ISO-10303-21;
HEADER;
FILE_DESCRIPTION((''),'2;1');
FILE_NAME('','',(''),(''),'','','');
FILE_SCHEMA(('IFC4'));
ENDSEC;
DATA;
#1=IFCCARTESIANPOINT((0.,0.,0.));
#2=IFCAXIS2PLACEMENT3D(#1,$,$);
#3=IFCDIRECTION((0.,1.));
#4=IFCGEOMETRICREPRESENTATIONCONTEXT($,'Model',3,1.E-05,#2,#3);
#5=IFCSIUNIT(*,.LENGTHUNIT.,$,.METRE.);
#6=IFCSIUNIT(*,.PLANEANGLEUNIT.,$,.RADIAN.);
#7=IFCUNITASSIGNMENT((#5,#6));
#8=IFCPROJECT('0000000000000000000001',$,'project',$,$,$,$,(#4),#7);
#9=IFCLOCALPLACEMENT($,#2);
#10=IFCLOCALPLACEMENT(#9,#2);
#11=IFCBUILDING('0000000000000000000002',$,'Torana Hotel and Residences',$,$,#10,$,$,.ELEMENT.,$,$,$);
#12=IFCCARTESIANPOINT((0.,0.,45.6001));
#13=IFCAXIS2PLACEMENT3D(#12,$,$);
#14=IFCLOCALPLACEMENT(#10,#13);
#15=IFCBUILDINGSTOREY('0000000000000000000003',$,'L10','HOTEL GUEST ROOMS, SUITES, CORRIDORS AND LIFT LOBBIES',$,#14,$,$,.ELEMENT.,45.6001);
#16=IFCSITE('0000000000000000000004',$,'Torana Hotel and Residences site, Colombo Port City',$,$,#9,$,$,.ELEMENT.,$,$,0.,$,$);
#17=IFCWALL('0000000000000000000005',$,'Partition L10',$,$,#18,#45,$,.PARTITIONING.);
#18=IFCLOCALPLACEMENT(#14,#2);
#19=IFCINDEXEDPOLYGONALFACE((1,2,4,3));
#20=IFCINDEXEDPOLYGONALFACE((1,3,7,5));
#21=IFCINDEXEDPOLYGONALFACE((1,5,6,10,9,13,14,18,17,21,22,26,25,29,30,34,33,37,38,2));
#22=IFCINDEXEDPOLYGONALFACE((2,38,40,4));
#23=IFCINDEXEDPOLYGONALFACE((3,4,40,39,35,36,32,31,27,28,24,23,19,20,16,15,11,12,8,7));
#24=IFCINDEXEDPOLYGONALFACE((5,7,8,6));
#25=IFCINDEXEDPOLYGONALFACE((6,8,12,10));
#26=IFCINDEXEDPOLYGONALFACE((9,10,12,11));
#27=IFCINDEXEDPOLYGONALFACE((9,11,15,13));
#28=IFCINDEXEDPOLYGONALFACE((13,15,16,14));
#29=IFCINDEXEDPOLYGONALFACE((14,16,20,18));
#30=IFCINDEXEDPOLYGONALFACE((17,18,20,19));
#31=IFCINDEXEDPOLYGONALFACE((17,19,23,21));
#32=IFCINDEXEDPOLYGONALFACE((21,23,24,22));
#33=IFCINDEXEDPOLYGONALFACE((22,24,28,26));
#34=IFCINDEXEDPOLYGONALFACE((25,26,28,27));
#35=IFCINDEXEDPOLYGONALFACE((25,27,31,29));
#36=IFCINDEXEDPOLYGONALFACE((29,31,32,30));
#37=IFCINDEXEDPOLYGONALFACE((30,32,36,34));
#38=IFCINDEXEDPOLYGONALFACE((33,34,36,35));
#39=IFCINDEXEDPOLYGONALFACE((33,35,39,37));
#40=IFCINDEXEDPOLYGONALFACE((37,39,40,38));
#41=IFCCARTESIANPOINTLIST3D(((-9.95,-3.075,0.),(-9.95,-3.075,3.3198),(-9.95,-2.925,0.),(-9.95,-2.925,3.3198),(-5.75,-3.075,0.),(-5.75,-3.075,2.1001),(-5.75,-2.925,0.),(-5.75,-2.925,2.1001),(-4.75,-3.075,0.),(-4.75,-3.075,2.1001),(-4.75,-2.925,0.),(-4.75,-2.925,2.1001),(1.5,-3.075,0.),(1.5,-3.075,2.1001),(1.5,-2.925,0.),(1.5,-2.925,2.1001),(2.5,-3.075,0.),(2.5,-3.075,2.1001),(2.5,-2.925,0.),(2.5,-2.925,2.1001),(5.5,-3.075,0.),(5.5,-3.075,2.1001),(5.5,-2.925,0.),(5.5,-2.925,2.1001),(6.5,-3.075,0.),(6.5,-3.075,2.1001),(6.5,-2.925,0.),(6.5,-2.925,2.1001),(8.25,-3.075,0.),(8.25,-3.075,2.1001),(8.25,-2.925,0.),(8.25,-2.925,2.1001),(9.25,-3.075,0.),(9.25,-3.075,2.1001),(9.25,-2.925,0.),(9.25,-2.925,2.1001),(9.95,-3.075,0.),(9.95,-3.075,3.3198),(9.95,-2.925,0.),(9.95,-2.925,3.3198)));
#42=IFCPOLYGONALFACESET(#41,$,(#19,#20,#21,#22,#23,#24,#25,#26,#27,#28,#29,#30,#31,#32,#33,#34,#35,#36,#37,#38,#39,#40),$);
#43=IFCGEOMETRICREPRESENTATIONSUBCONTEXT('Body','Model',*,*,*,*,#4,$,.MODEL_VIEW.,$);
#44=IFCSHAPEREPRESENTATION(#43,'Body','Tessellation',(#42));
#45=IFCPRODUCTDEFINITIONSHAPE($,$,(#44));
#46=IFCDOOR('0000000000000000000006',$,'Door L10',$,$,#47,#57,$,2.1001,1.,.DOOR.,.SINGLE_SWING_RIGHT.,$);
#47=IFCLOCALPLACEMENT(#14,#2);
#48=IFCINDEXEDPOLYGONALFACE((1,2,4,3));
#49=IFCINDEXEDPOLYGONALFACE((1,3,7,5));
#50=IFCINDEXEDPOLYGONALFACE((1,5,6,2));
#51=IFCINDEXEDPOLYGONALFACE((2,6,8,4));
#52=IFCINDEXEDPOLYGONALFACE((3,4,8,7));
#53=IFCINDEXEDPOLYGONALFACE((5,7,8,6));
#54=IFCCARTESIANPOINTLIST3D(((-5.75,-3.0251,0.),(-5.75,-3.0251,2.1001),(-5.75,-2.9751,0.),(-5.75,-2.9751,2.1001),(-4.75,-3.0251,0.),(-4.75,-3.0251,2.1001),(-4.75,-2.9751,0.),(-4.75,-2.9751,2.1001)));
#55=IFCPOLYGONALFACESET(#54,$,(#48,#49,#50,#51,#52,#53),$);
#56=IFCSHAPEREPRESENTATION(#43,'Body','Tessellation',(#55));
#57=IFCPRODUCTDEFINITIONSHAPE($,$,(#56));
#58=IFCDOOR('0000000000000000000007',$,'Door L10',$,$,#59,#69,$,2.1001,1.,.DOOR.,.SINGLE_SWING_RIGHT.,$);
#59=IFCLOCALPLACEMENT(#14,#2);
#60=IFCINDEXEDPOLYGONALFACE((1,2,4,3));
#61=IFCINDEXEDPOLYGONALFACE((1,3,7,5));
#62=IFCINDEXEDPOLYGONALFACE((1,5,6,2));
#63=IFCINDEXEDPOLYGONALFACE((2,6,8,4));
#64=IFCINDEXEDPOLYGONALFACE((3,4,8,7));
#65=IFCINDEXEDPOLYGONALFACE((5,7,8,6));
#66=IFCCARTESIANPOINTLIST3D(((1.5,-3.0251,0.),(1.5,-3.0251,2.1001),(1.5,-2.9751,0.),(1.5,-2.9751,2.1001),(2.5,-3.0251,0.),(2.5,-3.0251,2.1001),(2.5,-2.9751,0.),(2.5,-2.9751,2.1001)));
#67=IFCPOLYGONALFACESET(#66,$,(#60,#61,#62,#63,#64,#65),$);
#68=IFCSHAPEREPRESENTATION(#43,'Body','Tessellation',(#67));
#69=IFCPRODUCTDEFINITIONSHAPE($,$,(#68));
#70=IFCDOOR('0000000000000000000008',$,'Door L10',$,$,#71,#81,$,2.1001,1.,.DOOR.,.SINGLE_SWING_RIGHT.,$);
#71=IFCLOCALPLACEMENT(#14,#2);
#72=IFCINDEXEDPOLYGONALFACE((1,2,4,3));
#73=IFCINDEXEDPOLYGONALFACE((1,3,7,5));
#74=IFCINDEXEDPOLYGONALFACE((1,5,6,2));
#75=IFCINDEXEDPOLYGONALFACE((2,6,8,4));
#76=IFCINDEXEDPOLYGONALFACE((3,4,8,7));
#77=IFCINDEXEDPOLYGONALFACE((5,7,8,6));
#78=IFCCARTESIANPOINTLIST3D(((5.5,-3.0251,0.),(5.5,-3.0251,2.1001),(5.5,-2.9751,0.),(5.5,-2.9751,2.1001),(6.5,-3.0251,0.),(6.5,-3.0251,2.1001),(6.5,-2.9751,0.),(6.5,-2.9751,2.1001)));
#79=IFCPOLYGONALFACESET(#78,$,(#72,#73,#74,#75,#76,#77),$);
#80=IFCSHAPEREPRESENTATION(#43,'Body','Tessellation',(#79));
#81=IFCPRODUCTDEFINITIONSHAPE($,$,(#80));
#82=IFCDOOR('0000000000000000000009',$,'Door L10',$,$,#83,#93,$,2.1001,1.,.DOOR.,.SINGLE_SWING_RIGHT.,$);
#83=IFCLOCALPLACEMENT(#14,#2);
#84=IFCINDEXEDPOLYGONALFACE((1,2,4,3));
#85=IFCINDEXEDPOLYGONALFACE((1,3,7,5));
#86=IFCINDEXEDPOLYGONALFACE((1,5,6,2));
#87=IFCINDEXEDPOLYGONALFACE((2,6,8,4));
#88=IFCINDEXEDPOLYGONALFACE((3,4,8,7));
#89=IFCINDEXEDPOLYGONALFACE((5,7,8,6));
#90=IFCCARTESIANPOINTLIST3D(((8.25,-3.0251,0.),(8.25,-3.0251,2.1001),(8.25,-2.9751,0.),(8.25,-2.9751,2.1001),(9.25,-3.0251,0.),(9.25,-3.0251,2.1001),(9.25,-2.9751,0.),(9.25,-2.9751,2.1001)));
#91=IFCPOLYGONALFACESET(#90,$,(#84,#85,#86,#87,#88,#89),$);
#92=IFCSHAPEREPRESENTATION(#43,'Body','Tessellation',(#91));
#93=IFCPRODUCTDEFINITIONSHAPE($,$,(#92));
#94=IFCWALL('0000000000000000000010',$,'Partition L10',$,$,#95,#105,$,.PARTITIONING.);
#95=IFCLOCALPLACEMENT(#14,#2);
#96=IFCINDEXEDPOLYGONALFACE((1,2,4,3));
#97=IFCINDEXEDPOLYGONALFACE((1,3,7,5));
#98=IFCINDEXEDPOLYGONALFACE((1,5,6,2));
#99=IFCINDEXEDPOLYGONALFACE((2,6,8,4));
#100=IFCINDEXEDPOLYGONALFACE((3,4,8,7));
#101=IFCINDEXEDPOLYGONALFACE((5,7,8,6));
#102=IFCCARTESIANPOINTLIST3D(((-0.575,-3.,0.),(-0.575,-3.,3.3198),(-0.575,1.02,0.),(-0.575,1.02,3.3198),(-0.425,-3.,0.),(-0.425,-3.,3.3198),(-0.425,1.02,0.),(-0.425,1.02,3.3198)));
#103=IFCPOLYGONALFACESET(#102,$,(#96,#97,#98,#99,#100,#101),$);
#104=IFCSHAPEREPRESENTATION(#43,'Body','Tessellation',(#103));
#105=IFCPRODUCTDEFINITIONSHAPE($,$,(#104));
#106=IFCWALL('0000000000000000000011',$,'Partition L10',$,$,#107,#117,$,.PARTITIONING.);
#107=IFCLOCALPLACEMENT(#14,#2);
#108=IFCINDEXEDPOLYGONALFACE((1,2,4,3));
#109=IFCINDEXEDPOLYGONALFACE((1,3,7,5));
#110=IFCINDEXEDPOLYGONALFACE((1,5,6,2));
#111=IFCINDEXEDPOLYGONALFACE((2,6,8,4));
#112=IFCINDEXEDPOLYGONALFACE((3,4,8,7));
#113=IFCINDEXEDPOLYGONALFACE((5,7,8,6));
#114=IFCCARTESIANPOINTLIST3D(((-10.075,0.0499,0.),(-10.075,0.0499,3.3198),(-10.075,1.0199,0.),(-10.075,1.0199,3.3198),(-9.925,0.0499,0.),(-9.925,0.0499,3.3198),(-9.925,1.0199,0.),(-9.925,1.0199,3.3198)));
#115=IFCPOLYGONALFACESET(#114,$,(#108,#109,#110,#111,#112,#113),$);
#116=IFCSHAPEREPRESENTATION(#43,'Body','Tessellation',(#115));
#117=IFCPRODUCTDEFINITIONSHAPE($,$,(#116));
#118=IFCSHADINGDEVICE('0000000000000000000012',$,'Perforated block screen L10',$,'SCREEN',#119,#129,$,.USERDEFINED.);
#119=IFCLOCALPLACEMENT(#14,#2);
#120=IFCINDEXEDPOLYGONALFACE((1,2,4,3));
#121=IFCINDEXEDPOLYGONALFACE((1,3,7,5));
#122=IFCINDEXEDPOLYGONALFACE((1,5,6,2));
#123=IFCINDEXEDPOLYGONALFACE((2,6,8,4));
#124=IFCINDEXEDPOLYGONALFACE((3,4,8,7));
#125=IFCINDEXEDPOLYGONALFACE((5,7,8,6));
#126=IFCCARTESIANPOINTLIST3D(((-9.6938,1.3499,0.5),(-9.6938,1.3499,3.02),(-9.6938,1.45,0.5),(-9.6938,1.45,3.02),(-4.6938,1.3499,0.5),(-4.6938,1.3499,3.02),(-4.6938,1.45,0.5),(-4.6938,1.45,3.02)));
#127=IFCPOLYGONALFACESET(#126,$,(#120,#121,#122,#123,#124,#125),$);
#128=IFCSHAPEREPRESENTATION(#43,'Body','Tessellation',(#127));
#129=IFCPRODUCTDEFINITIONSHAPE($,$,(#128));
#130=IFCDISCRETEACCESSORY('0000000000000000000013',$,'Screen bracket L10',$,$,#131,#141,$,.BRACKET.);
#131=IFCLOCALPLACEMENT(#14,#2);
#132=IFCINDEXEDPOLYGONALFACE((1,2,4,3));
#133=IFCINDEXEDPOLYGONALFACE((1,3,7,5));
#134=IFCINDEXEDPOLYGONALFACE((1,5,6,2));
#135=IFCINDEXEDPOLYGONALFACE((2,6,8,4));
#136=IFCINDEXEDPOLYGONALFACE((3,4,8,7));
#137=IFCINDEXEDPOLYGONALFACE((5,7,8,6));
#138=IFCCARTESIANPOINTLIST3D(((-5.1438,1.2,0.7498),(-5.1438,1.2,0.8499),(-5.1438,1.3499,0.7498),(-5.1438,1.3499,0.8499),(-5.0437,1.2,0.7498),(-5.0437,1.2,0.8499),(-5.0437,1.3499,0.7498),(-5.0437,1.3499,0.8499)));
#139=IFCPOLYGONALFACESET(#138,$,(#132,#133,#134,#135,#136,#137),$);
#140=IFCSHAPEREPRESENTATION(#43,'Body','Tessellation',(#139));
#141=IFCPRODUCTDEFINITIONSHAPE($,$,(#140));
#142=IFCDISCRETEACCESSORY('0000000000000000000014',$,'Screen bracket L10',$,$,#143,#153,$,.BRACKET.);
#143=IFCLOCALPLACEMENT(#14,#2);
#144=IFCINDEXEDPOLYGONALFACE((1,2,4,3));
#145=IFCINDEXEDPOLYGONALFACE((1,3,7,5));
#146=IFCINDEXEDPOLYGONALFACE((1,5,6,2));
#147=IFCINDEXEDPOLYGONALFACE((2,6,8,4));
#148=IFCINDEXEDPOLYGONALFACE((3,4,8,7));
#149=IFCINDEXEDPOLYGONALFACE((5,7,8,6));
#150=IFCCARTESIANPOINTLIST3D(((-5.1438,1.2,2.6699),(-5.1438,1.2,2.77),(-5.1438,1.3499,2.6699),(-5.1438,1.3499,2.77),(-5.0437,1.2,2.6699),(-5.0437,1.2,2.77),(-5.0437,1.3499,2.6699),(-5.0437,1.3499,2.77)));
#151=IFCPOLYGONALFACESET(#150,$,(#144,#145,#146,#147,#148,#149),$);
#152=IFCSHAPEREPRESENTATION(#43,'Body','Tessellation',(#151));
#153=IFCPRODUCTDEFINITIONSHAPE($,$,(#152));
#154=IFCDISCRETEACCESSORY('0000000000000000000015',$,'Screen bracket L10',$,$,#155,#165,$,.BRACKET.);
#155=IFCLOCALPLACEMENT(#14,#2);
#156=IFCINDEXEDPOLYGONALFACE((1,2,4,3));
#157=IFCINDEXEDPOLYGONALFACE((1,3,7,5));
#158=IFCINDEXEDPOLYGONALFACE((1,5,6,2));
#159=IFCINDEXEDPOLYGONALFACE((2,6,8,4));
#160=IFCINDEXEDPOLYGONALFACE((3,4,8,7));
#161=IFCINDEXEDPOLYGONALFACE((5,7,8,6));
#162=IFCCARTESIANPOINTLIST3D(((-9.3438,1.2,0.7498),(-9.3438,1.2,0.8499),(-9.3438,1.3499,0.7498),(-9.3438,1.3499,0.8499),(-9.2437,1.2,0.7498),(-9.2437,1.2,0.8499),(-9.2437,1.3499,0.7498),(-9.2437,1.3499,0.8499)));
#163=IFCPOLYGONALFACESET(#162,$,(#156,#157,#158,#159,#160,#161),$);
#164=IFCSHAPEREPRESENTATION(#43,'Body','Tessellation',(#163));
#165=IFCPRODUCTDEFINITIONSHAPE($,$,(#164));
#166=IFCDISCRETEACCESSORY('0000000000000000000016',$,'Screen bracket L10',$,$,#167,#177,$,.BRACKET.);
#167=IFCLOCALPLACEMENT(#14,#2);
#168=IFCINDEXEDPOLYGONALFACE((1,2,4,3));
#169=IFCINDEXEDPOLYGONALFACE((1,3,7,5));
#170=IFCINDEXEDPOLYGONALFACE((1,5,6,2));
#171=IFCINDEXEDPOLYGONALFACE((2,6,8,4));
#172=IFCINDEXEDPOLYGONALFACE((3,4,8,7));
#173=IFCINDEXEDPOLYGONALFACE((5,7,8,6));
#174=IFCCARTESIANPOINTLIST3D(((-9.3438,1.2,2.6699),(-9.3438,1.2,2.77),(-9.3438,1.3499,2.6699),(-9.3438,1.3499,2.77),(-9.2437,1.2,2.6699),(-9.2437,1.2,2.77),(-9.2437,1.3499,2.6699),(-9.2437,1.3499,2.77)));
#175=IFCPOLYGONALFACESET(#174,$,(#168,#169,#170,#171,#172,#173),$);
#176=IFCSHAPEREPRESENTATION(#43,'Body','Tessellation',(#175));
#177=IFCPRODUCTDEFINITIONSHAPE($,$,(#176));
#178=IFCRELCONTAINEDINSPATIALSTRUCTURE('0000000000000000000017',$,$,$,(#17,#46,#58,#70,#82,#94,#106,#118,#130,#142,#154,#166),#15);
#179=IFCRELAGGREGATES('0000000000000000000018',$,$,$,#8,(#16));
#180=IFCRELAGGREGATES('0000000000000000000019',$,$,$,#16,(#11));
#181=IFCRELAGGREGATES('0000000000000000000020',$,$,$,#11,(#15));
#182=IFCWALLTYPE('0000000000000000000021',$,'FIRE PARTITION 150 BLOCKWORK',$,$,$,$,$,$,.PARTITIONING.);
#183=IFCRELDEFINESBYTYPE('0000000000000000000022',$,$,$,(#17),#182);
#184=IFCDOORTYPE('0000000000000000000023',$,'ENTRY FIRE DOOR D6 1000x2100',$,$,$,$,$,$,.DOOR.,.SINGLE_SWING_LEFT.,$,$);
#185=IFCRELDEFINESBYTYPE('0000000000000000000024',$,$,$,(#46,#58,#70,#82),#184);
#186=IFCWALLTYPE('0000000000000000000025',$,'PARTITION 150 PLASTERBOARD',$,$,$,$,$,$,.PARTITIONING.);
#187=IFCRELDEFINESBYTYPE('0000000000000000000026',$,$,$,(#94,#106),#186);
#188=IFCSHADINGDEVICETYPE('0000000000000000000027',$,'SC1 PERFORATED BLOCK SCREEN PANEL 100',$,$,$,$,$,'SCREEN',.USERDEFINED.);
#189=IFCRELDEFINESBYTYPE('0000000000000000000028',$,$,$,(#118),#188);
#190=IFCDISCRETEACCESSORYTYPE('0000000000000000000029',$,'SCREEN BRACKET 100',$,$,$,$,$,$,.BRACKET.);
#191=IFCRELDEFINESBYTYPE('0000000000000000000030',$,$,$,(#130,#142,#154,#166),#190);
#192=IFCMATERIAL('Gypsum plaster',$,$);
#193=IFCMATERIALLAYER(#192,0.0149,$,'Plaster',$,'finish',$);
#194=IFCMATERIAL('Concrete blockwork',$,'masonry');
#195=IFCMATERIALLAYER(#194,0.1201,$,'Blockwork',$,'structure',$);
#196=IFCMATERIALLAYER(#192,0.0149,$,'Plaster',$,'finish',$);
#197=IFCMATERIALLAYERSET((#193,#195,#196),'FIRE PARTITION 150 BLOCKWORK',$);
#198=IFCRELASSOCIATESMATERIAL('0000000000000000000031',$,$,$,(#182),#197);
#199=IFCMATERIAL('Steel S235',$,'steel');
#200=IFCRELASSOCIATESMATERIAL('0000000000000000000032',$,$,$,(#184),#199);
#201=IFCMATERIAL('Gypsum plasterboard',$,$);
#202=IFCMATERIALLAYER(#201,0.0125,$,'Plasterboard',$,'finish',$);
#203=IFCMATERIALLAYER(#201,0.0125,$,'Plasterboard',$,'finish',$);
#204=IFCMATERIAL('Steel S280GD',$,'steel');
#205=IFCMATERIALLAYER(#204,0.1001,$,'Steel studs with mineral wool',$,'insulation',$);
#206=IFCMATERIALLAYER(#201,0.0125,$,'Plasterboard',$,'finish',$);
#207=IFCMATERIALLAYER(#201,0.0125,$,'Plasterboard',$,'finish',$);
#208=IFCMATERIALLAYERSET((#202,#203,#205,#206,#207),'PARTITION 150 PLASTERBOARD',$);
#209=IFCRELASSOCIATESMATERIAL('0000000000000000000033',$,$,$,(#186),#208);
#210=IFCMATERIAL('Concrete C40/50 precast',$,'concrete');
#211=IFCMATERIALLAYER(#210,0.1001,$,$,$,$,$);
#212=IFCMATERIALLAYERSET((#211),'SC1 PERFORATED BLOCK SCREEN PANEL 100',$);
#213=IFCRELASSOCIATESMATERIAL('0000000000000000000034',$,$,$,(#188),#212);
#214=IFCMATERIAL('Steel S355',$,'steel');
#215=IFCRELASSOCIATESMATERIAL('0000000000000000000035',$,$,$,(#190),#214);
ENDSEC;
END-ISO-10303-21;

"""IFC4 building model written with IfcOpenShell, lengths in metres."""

from ifc_helpers import new_model, si_unit, direction, frame, frame_2d, origin, origin_2d, place, context, subcontext, project, spatial, rectangle, extrude, material, layer, layer_set, type_object, element, fill, save


model = new_model("IFC4")

# Units and contexts
model_context = context("Model", 3, precision=1e-05, world=origin(), true_north=direction((0.0, 1.0)))
body_context = subcontext(model_context, "Body", "Model", "MODEL_VIEW")
ifc_project = project(units=[si_unit("LENGTHUNIT", "METRE"), si_unit("PLANEANGLEUNIT", "RADIAN")], contexts=[model_context])

# Site, building, storey
site_placement = place(None, origin())
site = spatial("IfcSite", under=ifc_project, at=site_placement, Name="Torana Hotel and Residences site, Colombo Port City", CompositionType="ELEMENT", RefElevation=0.0)
building_placement = place(site_placement, origin())
building = spatial("IfcBuilding", under=site, at=building_placement, Name="Torana Hotel and Residences", CompositionType="ELEMENT")
storey_placement = place(building_placement, frame((0.0, 0.0, 45.6001)))
storey = spatial("IfcBuildingStorey", under=building, at=storey_placement, Name="L10", Description="HOTEL GUEST ROOMS, SUITES, CORRIDORS AND LIFT LOBBIES", CompositionType="ELEMENT", Elevation=45.6001)

# Shared definitions
ifc_material_1 = material(Name="Gypsum plaster")
ifc_layer_1 = layer(ifc_material_1, 0.0149, Name="Plaster", Category="finish")
ifc_material_2 = material(Name="Concrete blockwork", Category="masonry")
ifc_layer_2 = layer(ifc_material_2, 0.1201, Name="Blockwork", Category="structure")
ifc_layer_3 = layer(ifc_material_1, 0.0149, Name="Plaster", Category="finish")
ifc_layer_set_1 = layer_set([ifc_layer_1, ifc_layer_2, ifc_layer_3], Name="FIRE PARTITION 150 BLOCKWORK")
wall_type_1 = type_object("IfcWallType", Name="FIRE PARTITION 150 BLOCKWORK", PredefinedType="PARTITIONING", material=ifc_layer_set_1)

# Wall, openings, doors
ifc_material_3 = material(Name="Steel S235", Category="steel")
door_type = type_object("IfcDoorType", Name="ENTRY FIRE DOOR D6 1000x2100", OperationType="SINGLE_SWING_LEFT", PredefinedType="DOOR", material=ifc_material_3)
wall_1_placement = place(storey_placement, frame((-9.95, -3.0, 0.0), z_axis=(0.0, 0.0, 1.0), x_axis=(1.0, 0.0, 0.0)))
wall_1 = element("IfcWall", 1, at=wall_1_placement, inside=storey, type_object=wall_type_1, Name="Partition L10", PredefinedType="PARTITIONING", context=body_context, shape_type="SweptSolid", body=[
    extrude(rectangle(XDim=19.8999, YDim=0.1499, at=frame_2d((9.95, 0.0))), origin(), (0.0, 0.0, 1.0), 3.3198),
])
opening_1_placement = place(wall_1_placement, frame((4.2, 0.0, 0.0)))
opening_1 = element("IfcOpeningElement", 2, at=opening_1_placement, cuts=wall_1, PredefinedType="OPENING", context=body_context, shape_type="SweptSolid", body=[
    extrude(rectangle(XDim=1.0, YDim=2.1001, at=frame_2d((0.5, 1.05))), frame((0.0, 0.085, 0.0), z_axis=(0.0, -1.0, 0.0), x_axis=(1.0, 0.0, 0.0)), (0.0, 0.0, 1.0), 0.1699),
])
opening_2_placement = place(wall_1_placement, frame((11.45, 0.0, 0.0)))
opening_2 = element("IfcOpeningElement", 3, at=opening_2_placement, cuts=wall_1, PredefinedType="OPENING", context=body_context, shape_type="SweptSolid", body=[
    extrude(rectangle(XDim=1.0, YDim=2.1001, at=frame_2d((0.5, 1.05))), frame((0.0, 0.085, 0.0), z_axis=(0.0, -1.0, 0.0), x_axis=(1.0, 0.0, 0.0)), (0.0, 0.0, 1.0), 0.1699),
])
opening_3_placement = place(wall_1_placement, frame((15.45, 0.0, 0.0)))
opening_3 = element("IfcOpeningElement", 4, at=opening_3_placement, cuts=wall_1, PredefinedType="OPENING", context=body_context, shape_type="SweptSolid", body=[
    extrude(rectangle(XDim=1.0, YDim=2.1001, at=frame_2d((0.5, 1.05))), frame((0.0, 0.085, 0.0), z_axis=(0.0, -1.0, 0.0), x_axis=(1.0, 0.0, 0.0)), (0.0, 0.0, 1.0), 0.1699),
])
opening_4_placement = place(wall_1_placement, frame((18.2, 0.0, 0.0)))
opening_4 = element("IfcOpeningElement", 5, at=opening_4_placement, cuts=wall_1, PredefinedType="OPENING", context=body_context, shape_type="SweptSolid", body=[
    extrude(rectangle(XDim=1.0, YDim=2.1001, at=frame_2d((0.5, 1.05))), frame((0.0, 0.085, 0.0), z_axis=(0.0, -1.0, 0.0), x_axis=(1.0, 0.0, 0.0)), (0.0, 0.0, 1.0), 0.1699),
])
door_1_placement = place(opening_1_placement, origin())
door_1 = element("IfcDoor", 6, at=door_1_placement, inside=storey, type_object=door_type, Name="Door L10", OperationType="SINGLE_SWING_RIGHT", OverallHeight=2.1001, OverallWidth=1.0, PredefinedType="DOOR", context=body_context, shape_type="SweptSolid", body=[
    extrude(rectangle(XDim=1.0, YDim=2.1001, at=frame_2d((0.5, 1.05))), frame((0.0, 0.0249, 0.0), z_axis=(0.0, -1.0, 0.0), x_axis=(1.0, 0.0, 0.0)), (0.0, 0.0, 1.0), 0.05),
])
fill(opening_1, door_1)
door_2_placement = place(opening_2_placement, origin())
door_2 = element("IfcDoor", 7, at=door_2_placement, inside=storey, type_object=door_type, Name="Door L10", OperationType="SINGLE_SWING_RIGHT", OverallHeight=2.1001, OverallWidth=1.0, PredefinedType="DOOR", context=body_context, shape_type="SweptSolid", body=[
    extrude(rectangle(XDim=1.0, YDim=2.1001, at=frame_2d((0.5, 1.05))), frame((0.0, 0.0249, 0.0), z_axis=(0.0, -1.0, 0.0), x_axis=(1.0, 0.0, 0.0)), (0.0, 0.0, 1.0), 0.05),
])
fill(opening_2, door_2)
door_3_placement = place(opening_3_placement, origin())
door_3 = element("IfcDoor", 8, at=door_3_placement, inside=storey, type_object=door_type, Name="Door L10", OperationType="SINGLE_SWING_RIGHT", OverallHeight=2.1001, OverallWidth=1.0, PredefinedType="DOOR", context=body_context, shape_type="SweptSolid", body=[
    extrude(rectangle(XDim=1.0, YDim=2.1001, at=frame_2d((0.5, 1.05))), frame((0.0, 0.0249, 0.0), z_axis=(0.0, -1.0, 0.0), x_axis=(1.0, 0.0, 0.0)), (0.0, 0.0, 1.0), 0.05),
])
fill(opening_3, door_3)
door_4_placement = place(opening_4_placement, origin())
door_4 = element("IfcDoor", 9, at=door_4_placement, inside=storey, type_object=door_type, Name="Door L10", OperationType="SINGLE_SWING_RIGHT", OverallHeight=2.1001, OverallWidth=1.0, PredefinedType="DOOR", context=body_context, shape_type="SweptSolid", body=[
    extrude(rectangle(XDim=1.0, YDim=2.1001, at=frame_2d((0.5, 1.05))), frame((0.0, 0.0249, 0.0), z_axis=(0.0, -1.0, 0.0), x_axis=(1.0, 0.0, 0.0)), (0.0, 0.0, 1.0), 0.05),
])
fill(opening_4, door_4)

# Walls
ifc_material_4 = material(Name="Gypsum plasterboard")
ifc_layer_4 = layer(ifc_material_4, 0.0125, Name="Plasterboard", Category="finish")
ifc_layer_5 = layer(ifc_material_4, 0.0125, Name="Plasterboard", Category="finish")
ifc_material_5 = material(Name="Steel S280GD", Category="steel")
ifc_layer_6 = layer(ifc_material_5, 0.1001, Name="Steel studs with mineral wool", Category="insulation")
ifc_layer_7 = layer(ifc_material_4, 0.0125, Name="Plasterboard", Category="finish")
ifc_layer_8 = layer(ifc_material_4, 0.0125, Name="Plasterboard", Category="finish")
ifc_layer_set_2 = layer_set([ifc_layer_4, ifc_layer_5, ifc_layer_6, ifc_layer_7, ifc_layer_8], Name="PARTITION 150 PLASTERBOARD")
wall_type_2 = type_object("IfcWallType", Name="PARTITION 150 PLASTERBOARD", PredefinedType="PARTITIONING", material=ifc_layer_set_2)
wall_2_placement = place(storey_placement, frame((-0.5, -3.0, 0.0), z_axis=(0.0, 0.0, 1.0), x_axis=(0.0, 1.0, 0.0)))
element("IfcWall", 10, at=wall_2_placement, inside=storey, type_object=wall_type_2, Name="Partition L10", PredefinedType="PARTITIONING", context=body_context, shape_type="SweptSolid", body=[
    extrude(rectangle(XDim=4.02, YDim=0.1499, at=frame_2d((2.01, 0.0))), origin(), (0.0, 0.0, 1.0), 3.3198),
])
wall_3_placement = place(storey_placement, frame((-10.0, 0.05, 0.0), z_axis=(0.0, 0.0, 1.0), x_axis=(0.0, 1.0, 0.0)))
element("IfcWall", 11, at=wall_3_placement, inside=storey, type_object=wall_type_2, Name="Partition L10", PredefinedType="PARTITIONING", context=body_context, shape_type="SweptSolid", body=[
    extrude(rectangle(XDim=0.97, YDim=0.1499, at=frame_2d((0.4849, 0.0))), origin(), (0.0, 0.0, 1.0), 3.3198),
])

# Shading device
ifc_material_6 = material(Name="Concrete C40/50 precast", Category="concrete")
ifc_layer_9 = layer(ifc_material_6, 0.1001)
ifc_layer_set_3 = layer_set([ifc_layer_9], Name="SC1 PERFORATED BLOCK SCREEN PANEL 100")
shading_device_type = type_object("IfcShadingDeviceType", Name="SC1 PERFORATED BLOCK SCREEN PANEL 100", ElementType="SCREEN", PredefinedType="USERDEFINED", material=ifc_layer_set_3)
shading_device_placement = place(storey_placement, frame((-7.1938, 1.3999, 0.5), z_axis=(0.0, 0.0, 1.0), x_axis=(-1.0, 0.0, 0.0)))
element("IfcShadingDevice", 12, at=shading_device_placement, inside=storey, type_object=shading_device_type, Name="Perforated block screen L10", ObjectType="SCREEN", PredefinedType="USERDEFINED", context=body_context, shape_type="SweptSolid", body=[
    extrude(rectangle(XDim=5.0, YDim=0.1001, at=origin_2d()), origin(), (0.0, 0.0, 1.0), 2.52),
])

# Discrete accessories
ifc_material_7 = material(Name="Steel S355", Category="steel")
discrete_accessory_type = type_object("IfcDiscreteAccessoryType", Name="SCREEN BRACKET 100", PredefinedType="BRACKET", material=ifc_material_7)
for number, where, z_axis, x_axis, name in (
    (13, (-5.0938, 1.2749, 0.7498), (0.0, 0.0, 1.0), (-1.0, 0.0, 0.0), "Screen bracket L10"),
    (14, (-5.0938, 1.2749, 2.6699), (0.0, 0.0, 1.0), (-1.0, 0.0, 0.0), "Screen bracket L10"),
    (15, (-9.2937, 1.2749, 0.7498), (0.0, 0.0, 1.0), (-1.0, 0.0, 0.0), "Screen bracket L10"),
    (16, (-9.2937, 1.2749, 2.6699), (0.0, 0.0, 1.0), (-1.0, 0.0, 0.0), "Screen bracket L10"),
):
    element("IfcDiscreteAccessory", number, at=place(storey_placement, frame(where, z_axis=z_axis, x_axis=x_axis)), inside=storey, type_object=discrete_accessory_type, Name=name, PredefinedType="BRACKET", context=body_context, shape_type="SweptSolid", body=[
        extrude(rectangle(XDim=0.1001, YDim=0.1499, at=origin_2d()), origin(), (0.0, 0.0, 1.0), 0.1001),
    ])

save(model, "model.ifc")
